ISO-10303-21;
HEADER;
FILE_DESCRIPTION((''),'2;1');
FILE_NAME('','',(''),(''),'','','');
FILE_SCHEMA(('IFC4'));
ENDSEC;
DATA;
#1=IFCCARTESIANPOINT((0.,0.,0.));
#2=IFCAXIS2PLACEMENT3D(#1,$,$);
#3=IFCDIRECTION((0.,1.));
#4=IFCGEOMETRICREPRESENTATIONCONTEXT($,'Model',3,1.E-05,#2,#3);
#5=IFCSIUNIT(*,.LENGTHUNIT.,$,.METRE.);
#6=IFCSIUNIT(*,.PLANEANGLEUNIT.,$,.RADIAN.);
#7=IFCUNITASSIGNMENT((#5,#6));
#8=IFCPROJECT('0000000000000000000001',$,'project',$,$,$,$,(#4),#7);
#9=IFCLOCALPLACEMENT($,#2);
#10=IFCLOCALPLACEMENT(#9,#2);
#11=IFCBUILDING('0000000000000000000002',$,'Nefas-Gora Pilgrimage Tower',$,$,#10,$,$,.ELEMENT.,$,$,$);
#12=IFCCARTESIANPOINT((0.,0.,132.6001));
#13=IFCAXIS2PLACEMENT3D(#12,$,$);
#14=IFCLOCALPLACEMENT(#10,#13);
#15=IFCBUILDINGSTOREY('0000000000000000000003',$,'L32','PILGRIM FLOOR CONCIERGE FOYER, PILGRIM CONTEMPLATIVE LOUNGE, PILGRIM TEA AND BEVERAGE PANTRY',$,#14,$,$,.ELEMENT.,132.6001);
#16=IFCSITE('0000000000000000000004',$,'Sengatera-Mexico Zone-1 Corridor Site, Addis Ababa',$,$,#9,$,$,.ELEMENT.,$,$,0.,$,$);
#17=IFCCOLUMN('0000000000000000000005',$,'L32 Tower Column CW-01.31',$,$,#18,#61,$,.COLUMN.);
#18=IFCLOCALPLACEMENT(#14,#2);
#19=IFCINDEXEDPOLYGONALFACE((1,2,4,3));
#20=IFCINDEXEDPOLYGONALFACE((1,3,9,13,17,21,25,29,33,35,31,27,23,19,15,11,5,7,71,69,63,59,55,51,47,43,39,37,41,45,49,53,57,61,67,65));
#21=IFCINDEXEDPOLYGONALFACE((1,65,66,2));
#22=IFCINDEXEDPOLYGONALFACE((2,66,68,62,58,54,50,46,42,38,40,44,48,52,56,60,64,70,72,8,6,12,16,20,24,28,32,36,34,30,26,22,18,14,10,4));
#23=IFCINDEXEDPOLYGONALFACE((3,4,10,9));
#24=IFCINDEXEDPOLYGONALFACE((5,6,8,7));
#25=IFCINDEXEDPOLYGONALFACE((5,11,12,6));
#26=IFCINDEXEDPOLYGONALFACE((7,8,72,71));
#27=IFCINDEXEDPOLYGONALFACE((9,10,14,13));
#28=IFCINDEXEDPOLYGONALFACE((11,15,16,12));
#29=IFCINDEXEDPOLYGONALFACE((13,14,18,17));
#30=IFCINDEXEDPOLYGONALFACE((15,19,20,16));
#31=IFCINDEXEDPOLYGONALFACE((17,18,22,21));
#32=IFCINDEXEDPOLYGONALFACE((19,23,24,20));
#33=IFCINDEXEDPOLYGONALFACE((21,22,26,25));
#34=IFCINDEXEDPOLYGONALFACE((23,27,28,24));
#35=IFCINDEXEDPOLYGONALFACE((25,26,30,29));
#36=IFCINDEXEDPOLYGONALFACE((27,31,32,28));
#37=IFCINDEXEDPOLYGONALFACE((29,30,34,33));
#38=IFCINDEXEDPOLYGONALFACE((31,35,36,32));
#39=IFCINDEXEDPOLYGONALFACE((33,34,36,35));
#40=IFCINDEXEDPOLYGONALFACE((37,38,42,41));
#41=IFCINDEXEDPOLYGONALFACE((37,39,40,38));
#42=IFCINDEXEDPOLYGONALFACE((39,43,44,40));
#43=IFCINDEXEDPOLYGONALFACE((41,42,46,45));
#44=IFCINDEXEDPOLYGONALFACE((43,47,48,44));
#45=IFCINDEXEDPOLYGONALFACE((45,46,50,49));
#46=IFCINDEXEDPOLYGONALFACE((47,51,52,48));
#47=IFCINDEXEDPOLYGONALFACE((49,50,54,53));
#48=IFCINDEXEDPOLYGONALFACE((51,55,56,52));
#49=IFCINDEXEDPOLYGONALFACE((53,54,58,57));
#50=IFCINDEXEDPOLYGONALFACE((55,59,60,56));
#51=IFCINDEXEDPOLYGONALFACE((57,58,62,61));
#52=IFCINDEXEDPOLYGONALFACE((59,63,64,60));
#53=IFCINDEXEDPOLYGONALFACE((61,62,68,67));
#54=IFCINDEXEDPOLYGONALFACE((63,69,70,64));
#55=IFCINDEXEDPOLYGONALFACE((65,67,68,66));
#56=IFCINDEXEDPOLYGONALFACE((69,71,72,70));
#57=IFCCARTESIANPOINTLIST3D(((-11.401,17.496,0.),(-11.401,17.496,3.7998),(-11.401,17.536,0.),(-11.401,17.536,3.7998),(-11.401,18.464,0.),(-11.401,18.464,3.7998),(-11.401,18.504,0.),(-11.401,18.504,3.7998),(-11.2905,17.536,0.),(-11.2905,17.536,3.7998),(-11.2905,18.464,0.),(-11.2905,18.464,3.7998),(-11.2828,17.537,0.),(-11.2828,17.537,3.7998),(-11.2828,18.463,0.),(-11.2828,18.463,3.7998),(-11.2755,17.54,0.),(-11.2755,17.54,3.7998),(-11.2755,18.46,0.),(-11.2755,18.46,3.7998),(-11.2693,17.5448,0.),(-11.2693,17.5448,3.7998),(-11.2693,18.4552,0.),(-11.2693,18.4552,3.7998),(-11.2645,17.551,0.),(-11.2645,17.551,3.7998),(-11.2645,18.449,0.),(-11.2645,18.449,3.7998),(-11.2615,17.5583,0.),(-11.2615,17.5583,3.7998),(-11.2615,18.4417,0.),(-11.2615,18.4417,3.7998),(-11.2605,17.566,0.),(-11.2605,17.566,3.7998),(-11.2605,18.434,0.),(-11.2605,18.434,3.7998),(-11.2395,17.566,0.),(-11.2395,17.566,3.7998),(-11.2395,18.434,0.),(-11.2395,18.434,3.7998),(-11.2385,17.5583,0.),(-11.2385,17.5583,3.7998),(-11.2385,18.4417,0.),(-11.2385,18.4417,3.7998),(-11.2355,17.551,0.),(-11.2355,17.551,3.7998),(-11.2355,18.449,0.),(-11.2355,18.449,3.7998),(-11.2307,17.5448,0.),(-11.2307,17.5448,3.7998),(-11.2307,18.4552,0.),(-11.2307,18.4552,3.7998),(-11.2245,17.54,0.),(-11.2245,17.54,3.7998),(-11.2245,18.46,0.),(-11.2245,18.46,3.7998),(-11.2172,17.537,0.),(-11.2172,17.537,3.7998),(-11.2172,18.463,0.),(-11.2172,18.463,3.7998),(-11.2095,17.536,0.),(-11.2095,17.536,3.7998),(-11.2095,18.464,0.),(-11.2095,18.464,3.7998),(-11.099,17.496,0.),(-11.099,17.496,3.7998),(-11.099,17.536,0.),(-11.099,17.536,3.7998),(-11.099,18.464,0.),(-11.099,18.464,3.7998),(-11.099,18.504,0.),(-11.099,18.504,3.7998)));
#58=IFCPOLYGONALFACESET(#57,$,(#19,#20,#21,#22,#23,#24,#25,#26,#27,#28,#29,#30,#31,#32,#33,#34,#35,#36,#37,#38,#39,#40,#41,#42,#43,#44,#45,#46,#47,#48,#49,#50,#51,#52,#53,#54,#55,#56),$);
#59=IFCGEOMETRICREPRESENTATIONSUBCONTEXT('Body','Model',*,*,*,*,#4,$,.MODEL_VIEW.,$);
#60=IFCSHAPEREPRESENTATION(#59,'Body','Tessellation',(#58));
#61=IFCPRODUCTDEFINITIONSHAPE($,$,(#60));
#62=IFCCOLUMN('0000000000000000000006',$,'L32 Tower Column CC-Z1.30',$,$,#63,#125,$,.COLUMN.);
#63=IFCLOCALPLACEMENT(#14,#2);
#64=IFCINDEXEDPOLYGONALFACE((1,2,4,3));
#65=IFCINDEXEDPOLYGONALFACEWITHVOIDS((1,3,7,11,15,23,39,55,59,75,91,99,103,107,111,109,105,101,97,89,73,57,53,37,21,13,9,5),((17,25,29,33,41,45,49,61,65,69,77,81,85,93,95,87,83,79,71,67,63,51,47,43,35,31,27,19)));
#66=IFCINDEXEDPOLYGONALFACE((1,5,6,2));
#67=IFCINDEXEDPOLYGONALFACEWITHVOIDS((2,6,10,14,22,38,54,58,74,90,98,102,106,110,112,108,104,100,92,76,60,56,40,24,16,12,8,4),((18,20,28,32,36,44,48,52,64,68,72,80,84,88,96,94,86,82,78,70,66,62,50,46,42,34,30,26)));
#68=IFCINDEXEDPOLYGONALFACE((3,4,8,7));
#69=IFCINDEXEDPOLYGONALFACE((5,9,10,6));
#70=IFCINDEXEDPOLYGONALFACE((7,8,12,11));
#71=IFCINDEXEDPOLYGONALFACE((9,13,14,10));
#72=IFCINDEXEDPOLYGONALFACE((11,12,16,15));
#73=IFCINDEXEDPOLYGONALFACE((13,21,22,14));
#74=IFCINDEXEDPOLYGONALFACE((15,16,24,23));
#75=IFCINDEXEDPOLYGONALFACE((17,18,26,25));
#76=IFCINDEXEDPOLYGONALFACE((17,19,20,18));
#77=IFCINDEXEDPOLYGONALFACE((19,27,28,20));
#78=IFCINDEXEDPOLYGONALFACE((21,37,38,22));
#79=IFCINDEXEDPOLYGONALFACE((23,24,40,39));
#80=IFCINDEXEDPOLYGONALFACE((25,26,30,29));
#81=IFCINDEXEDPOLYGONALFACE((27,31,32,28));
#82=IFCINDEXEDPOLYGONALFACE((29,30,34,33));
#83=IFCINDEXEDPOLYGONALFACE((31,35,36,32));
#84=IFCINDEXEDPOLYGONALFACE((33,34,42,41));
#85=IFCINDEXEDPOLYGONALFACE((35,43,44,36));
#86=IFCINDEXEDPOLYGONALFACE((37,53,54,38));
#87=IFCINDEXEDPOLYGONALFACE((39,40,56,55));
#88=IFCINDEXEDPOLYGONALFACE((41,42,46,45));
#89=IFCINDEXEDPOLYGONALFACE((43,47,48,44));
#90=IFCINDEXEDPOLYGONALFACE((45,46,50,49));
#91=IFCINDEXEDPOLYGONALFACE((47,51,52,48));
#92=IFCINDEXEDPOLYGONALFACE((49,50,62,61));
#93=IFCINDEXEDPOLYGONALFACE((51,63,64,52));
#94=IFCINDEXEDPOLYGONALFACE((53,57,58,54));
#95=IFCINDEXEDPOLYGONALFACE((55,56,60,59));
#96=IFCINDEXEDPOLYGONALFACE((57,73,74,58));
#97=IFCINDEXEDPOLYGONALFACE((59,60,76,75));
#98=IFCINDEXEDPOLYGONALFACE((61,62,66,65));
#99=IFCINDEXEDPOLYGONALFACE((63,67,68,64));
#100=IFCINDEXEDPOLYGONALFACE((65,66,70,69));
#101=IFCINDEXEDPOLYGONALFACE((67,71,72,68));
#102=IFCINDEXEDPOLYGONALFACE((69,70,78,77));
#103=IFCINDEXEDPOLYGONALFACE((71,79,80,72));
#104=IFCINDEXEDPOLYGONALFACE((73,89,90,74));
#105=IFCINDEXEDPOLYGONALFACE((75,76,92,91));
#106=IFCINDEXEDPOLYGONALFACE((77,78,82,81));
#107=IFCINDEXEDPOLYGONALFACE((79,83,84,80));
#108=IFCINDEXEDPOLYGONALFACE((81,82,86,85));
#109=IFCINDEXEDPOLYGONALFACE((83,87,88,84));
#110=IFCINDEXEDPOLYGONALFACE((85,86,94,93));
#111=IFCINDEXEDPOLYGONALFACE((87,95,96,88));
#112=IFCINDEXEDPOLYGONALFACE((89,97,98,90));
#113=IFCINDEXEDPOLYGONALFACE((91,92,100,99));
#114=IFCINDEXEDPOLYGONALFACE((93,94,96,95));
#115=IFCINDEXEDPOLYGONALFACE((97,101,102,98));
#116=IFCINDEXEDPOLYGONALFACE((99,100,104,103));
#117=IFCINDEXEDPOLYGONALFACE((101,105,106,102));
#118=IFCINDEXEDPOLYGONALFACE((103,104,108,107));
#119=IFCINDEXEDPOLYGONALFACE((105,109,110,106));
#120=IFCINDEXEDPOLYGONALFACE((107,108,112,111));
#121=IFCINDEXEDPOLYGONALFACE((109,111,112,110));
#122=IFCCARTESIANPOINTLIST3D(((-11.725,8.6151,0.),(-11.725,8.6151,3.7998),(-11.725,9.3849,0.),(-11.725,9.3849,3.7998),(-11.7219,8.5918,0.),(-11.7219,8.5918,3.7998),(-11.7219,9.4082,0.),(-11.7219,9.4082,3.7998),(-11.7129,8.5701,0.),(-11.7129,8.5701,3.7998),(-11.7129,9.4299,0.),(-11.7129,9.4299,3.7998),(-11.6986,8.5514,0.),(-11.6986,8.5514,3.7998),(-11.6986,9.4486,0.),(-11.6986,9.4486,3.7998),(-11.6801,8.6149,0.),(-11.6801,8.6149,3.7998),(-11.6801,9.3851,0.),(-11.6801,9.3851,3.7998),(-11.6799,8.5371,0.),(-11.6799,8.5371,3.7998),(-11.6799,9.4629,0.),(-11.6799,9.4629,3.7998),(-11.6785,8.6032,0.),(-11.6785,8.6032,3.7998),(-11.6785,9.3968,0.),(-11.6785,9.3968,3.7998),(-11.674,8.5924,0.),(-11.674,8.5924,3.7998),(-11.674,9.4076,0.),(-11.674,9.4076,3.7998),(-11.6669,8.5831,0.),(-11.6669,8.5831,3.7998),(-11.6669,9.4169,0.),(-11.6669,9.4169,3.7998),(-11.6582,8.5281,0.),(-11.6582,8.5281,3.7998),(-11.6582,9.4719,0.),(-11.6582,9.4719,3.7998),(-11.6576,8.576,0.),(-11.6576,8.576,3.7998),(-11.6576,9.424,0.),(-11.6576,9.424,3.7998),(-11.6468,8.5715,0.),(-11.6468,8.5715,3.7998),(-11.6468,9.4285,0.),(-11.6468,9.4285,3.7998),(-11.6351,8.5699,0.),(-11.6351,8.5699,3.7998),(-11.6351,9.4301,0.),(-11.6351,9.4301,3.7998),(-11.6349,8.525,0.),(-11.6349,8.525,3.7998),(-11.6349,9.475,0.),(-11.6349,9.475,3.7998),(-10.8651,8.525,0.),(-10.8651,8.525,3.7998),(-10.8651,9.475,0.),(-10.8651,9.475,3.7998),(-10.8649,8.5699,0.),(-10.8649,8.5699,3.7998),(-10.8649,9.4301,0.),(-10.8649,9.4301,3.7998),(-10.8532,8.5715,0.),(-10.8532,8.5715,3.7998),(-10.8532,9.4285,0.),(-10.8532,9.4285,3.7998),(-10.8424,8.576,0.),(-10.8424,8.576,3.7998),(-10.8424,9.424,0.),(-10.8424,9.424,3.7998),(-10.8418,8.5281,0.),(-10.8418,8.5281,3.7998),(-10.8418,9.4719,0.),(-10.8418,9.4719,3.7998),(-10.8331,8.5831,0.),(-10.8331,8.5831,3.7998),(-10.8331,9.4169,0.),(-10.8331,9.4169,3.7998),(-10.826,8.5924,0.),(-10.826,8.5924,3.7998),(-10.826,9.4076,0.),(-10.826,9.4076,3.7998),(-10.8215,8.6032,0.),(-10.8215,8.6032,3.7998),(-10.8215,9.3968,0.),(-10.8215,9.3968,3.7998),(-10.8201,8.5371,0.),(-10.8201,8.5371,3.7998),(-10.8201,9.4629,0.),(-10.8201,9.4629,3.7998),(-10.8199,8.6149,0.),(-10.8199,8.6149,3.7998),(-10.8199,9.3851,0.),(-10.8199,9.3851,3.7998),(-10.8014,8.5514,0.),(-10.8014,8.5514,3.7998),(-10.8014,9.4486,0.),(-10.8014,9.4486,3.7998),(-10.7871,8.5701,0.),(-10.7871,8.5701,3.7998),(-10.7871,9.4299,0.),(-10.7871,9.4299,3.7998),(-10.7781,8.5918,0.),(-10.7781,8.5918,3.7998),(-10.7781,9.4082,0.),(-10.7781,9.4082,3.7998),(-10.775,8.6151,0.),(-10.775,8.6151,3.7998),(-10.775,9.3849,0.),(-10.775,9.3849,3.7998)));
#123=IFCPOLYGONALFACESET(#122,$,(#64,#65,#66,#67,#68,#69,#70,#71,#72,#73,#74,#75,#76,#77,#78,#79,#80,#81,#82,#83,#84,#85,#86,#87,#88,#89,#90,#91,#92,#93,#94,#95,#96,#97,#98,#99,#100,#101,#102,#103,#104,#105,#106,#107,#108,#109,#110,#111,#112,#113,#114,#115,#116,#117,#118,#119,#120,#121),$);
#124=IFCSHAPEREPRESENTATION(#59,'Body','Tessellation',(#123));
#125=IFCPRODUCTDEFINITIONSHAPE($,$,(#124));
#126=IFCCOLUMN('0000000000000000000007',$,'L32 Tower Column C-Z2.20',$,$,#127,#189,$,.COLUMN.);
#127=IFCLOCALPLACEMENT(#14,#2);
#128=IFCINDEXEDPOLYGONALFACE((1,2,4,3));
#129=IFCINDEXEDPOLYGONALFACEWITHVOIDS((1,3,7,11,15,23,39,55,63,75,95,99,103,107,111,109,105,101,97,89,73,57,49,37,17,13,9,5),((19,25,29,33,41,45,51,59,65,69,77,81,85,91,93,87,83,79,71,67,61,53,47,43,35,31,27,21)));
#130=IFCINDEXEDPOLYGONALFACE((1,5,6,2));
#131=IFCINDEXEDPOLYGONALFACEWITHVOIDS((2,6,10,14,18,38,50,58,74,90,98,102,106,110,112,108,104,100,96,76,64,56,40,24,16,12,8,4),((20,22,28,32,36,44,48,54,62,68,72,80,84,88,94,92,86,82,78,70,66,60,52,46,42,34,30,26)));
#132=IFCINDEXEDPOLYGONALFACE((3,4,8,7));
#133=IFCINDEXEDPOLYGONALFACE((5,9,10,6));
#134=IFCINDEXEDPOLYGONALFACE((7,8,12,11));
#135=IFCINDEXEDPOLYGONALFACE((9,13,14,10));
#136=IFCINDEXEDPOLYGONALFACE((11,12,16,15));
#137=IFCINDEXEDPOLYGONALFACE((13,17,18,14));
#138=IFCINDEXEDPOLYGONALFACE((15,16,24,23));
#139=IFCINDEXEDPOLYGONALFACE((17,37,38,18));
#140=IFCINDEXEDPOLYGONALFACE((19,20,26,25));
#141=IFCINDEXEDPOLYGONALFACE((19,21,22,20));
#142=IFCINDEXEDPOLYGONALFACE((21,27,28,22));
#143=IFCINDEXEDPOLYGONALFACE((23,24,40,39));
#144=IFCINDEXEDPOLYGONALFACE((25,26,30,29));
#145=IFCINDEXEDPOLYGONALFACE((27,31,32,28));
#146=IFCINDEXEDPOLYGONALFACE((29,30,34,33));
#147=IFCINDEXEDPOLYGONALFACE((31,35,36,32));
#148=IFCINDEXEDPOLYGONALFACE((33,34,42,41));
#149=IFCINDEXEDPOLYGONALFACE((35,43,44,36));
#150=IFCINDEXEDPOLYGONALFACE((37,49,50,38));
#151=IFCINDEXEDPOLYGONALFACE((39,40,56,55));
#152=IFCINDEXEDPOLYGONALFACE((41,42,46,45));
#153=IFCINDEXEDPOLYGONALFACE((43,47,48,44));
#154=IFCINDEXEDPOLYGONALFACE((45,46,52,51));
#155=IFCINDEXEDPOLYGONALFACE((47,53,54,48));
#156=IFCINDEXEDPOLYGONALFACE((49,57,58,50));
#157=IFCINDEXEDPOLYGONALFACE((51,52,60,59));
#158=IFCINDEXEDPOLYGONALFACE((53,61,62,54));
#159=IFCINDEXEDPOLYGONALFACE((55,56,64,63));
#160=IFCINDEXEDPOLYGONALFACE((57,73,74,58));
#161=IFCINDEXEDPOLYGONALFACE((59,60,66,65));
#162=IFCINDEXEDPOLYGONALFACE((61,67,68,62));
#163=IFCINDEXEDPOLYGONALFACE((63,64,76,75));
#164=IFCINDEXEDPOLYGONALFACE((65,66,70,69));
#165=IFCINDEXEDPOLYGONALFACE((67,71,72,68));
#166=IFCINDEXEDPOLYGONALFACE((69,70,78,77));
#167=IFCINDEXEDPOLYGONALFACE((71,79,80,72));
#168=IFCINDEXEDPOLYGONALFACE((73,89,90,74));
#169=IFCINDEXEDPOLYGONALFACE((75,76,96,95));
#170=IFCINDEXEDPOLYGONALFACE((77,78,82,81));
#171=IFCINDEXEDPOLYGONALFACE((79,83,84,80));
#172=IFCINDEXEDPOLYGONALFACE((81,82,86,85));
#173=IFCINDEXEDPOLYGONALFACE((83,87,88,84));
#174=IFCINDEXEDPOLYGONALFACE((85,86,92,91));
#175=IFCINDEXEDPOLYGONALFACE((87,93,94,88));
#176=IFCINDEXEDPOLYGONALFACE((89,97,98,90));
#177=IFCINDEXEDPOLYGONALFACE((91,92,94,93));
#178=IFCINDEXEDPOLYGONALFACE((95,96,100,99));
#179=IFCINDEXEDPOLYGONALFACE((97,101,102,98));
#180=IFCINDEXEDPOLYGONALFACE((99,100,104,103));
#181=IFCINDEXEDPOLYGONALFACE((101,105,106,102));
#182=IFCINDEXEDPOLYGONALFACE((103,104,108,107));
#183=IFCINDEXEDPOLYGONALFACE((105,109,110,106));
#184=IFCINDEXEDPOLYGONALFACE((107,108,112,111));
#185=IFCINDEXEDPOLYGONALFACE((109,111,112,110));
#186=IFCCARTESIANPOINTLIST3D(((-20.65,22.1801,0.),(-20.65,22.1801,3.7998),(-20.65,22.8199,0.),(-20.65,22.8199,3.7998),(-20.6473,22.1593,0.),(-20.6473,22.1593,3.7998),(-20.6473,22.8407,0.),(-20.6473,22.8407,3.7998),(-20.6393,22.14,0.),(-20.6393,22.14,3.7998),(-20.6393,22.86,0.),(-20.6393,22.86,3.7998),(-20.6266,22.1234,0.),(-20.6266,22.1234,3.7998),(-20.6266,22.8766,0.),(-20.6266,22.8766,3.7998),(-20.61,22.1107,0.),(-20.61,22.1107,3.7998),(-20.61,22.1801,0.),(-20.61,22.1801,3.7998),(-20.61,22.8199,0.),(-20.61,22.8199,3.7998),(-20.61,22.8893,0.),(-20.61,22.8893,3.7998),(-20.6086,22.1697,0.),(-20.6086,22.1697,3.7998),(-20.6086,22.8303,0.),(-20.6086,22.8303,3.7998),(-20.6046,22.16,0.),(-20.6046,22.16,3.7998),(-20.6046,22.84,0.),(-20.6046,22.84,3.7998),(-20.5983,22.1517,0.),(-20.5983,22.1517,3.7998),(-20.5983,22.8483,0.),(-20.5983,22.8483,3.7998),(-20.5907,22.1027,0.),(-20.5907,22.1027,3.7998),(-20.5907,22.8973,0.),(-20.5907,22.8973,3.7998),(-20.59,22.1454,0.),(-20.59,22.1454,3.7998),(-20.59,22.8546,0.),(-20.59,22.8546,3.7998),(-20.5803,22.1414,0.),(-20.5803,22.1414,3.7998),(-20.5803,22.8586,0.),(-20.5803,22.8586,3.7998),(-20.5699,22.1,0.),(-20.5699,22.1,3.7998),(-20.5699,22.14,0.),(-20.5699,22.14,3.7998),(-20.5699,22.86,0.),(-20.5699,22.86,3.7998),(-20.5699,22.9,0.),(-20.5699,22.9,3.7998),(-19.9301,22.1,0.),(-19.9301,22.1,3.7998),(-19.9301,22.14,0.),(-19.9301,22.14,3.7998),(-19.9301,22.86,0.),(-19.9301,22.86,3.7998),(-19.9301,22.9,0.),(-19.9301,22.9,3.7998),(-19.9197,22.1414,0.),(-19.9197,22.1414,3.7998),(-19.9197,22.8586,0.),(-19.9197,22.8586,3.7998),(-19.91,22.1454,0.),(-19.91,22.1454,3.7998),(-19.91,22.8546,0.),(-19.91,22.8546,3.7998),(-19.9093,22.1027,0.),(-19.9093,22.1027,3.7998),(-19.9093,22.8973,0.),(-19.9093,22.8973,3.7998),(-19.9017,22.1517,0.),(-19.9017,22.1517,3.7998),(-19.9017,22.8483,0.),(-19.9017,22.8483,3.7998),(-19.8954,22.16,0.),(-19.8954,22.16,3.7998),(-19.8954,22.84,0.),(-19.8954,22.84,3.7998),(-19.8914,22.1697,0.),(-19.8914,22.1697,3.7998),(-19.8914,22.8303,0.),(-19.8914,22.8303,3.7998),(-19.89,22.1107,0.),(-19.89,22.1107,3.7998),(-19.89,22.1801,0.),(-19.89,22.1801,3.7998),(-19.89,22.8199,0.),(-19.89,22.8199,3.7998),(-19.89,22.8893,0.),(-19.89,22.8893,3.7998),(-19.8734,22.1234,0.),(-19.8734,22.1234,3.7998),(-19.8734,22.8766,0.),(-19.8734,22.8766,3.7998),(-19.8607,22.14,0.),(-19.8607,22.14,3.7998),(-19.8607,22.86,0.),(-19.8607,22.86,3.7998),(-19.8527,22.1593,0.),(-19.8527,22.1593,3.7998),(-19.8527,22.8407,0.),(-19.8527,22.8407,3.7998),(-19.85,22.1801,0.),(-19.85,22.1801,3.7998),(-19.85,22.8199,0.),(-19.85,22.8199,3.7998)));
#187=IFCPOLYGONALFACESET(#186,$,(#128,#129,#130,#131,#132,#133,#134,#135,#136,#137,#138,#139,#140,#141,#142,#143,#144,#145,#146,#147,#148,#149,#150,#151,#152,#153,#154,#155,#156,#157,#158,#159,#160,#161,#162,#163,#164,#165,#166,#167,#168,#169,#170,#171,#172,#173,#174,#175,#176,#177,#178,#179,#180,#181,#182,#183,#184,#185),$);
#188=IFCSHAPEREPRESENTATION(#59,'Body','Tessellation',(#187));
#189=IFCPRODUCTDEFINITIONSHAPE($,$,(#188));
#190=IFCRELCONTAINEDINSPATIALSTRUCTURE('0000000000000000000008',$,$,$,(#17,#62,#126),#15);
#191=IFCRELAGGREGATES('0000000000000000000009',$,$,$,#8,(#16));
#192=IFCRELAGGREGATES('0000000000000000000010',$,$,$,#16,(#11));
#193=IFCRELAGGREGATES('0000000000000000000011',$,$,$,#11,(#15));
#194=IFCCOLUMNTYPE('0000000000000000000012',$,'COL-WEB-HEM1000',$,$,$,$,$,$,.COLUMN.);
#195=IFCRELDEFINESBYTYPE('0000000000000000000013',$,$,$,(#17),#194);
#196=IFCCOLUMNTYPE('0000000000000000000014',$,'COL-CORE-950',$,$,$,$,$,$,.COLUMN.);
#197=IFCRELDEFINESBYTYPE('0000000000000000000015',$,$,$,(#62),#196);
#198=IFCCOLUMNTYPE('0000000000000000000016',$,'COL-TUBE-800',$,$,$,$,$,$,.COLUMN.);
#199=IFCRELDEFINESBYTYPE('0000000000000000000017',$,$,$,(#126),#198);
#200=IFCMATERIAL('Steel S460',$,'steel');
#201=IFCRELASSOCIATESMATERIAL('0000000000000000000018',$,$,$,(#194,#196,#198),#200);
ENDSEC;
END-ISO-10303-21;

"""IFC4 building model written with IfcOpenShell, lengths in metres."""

from ifc_helpers import new_model, si_unit, direction, frame, origin, origin_2d, place, context, subcontext, project, spatial, hollow_rectangle, i_section, extrude, source, transform, mapped, material, material_profile, profile_set, type_object, element, save


model = new_model("IFC4")

# Units and contexts
model_context = context("Model", 3, precision=1e-05, world=origin(), true_north=direction((0.0, 1.0)))
body_context = subcontext(model_context, "Body", "Model", "MODEL_VIEW")
ifc_project = project(units=[si_unit("LENGTHUNIT", "METRE"), si_unit("PLANEANGLEUNIT", "RADIAN")], contexts=[model_context])

# Site, building, storey
site_placement = place(None, origin())
site = spatial("IfcSite", under=ifc_project, at=site_placement, Name="Sengatera-Mexico Zone-1 Corridor Site, Addis Ababa", CompositionType="ELEMENT", RefElevation=0.0)
building_placement = place(site_placement, origin())
building = spatial("IfcBuilding", under=site, at=building_placement, Name="Nefas-Gora Pilgrimage Tower", CompositionType="ELEMENT")
storey_placement = place(building_placement, frame((0.0, 0.0, 132.6001)))
storey = spatial("IfcBuildingStorey", under=building, at=storey_placement, Name="L32", Description="PILGRIM FLOOR CONCIERGE FOYER, PILGRIM CONTEMPLATIVE LOUNGE, PILGRIM TEA AND BEVERAGE PANTRY", CompositionType="ELEMENT", Elevation=132.6001)

# Columns
ifc_material_1 = material(Name="Steel S460", Category="steel")
ifc_material_profile_1 = material_profile(ifc_material_1, i_section(OverallWidth=0.302, OverallDepth=1.0081, WebThickness=0.021, FlangeThickness=0.04, FilletRadius=0.03, at=origin_2d()), Name="HEM 1000")
ifc_profile_set_1 = profile_set([ifc_material_profile_1], Name="Steel S460")
column_type_1 = type_object("IfcColumnType", Name="COL-WEB-HEM1000", PredefinedType="COLUMN", material=ifc_profile_set_1)
shared_shape_1 = source(origin(), body_context, "Body", "SweptSolid", [
    extrude(i_section(OverallWidth=0.302, OverallDepth=1.0081, WebThickness=0.021, FlangeThickness=0.04, FilletRadius=0.03, at=origin_2d()), origin(), (0.0, 0.0, 1.0), 3.7998),
])
for number, where, z_axis, x_axis, name in (
    (1, (-11.25, 18.0, 0.0), (0.0, 0.0, 1.0), (1.0, 0.0, 0.0), "L32 Tower Column CW-01.31"),
):
    element("IfcColumn", number, at=place(storey_placement, frame(where, z_axis=z_axis, x_axis=x_axis)), inside=storey, type_object=column_type_1, Name=name, PredefinedType="COLUMN", context=body_context, shape_type="MappedRepresentation", body=[
        mapped(shared_shape_1, transform((0.0, 0.0, 0.0), x_axis=(1.0, 0.0, 0.0), y_axis=(0.0, 1.0, 0.0), z_axis=(0.0, 0.0, 1.0), scale=1.0)),
    ])
ifc_material_profile_2 = material_profile(ifc_material_1, hollow_rectangle(XDim=0.95, YDim=0.95, WallThickness=0.0449, InnerFilletRadius=0.0449, OuterFilletRadius=0.0901, at=origin_2d()), Name="BOX 950x950x45")
ifc_profile_set_2 = profile_set([ifc_material_profile_2], Name="Steel S460")
column_type_2 = type_object("IfcColumnType", Name="COL-CORE-950", PredefinedType="COLUMN", material=ifc_profile_set_2)
shared_shape_2 = source(origin(), body_context, "Body", "SweptSolid", [
    extrude(hollow_rectangle(XDim=0.95, YDim=0.95, WallThickness=0.0449, InnerFilletRadius=0.0449, OuterFilletRadius=0.0901, at=origin_2d()), origin(), (0.0, 0.0, 1.0), 3.7998),
])
column_1_placement = place(storey_placement, frame((-11.25, 9.0, 0.0), z_axis=(0.0, 0.0, 1.0), x_axis=(1.0, 0.0, 0.0)))
element("IfcColumn", 2, at=column_1_placement, inside=storey, type_object=column_type_2, Name="L32 Tower Column CC-Z1.30", PredefinedType="COLUMN", context=body_context, shape_type="MappedRepresentation", body=[
    mapped(shared_shape_2, transform((0.0, 0.0, 0.0), x_axis=(1.0, 0.0, 0.0), y_axis=(0.0, 1.0, 0.0), z_axis=(0.0, 0.0, 1.0), scale=1.0)),
])
ifc_material_profile_3 = material_profile(ifc_material_1, hollow_rectangle(XDim=0.8, YDim=0.8, WallThickness=0.04, InnerFilletRadius=0.04, OuterFilletRadius=0.0801, at=origin_2d()), Name="BOX 800x800x40")
ifc_profile_set_3 = profile_set([ifc_material_profile_3], Name="Steel S460")
column_type_3 = type_object("IfcColumnType", Name="COL-TUBE-800", PredefinedType="COLUMN", material=ifc_profile_set_3)
shared_shape_3 = source(origin(), body_context, "Body", "SweptSolid", [
    extrude(hollow_rectangle(XDim=0.8, YDim=0.8, WallThickness=0.04, InnerFilletRadius=0.04, OuterFilletRadius=0.0801, at=origin_2d()), origin(), (0.0, 0.0, 1.0), 3.7998),
])
column_2_placement = place(storey_placement, frame((-20.25, 22.5, 0.0), z_axis=(0.0, 0.0, 1.0), x_axis=(1.0, 0.0, 0.0)))
element("IfcColumn", 3, at=column_2_placement, inside=storey, type_object=column_type_3, Name="L32 Tower Column C-Z2.20", PredefinedType="COLUMN", context=body_context, shape_type="MappedRepresentation", body=[
    mapped(shared_shape_3, transform((0.0, 0.0, 0.0), x_axis=(1.0, 0.0, 0.0), y_axis=(0.0, 1.0, 0.0), z_axis=(0.0, 0.0, 1.0), scale=1.0)),
])

save(model, "model.ifc")
